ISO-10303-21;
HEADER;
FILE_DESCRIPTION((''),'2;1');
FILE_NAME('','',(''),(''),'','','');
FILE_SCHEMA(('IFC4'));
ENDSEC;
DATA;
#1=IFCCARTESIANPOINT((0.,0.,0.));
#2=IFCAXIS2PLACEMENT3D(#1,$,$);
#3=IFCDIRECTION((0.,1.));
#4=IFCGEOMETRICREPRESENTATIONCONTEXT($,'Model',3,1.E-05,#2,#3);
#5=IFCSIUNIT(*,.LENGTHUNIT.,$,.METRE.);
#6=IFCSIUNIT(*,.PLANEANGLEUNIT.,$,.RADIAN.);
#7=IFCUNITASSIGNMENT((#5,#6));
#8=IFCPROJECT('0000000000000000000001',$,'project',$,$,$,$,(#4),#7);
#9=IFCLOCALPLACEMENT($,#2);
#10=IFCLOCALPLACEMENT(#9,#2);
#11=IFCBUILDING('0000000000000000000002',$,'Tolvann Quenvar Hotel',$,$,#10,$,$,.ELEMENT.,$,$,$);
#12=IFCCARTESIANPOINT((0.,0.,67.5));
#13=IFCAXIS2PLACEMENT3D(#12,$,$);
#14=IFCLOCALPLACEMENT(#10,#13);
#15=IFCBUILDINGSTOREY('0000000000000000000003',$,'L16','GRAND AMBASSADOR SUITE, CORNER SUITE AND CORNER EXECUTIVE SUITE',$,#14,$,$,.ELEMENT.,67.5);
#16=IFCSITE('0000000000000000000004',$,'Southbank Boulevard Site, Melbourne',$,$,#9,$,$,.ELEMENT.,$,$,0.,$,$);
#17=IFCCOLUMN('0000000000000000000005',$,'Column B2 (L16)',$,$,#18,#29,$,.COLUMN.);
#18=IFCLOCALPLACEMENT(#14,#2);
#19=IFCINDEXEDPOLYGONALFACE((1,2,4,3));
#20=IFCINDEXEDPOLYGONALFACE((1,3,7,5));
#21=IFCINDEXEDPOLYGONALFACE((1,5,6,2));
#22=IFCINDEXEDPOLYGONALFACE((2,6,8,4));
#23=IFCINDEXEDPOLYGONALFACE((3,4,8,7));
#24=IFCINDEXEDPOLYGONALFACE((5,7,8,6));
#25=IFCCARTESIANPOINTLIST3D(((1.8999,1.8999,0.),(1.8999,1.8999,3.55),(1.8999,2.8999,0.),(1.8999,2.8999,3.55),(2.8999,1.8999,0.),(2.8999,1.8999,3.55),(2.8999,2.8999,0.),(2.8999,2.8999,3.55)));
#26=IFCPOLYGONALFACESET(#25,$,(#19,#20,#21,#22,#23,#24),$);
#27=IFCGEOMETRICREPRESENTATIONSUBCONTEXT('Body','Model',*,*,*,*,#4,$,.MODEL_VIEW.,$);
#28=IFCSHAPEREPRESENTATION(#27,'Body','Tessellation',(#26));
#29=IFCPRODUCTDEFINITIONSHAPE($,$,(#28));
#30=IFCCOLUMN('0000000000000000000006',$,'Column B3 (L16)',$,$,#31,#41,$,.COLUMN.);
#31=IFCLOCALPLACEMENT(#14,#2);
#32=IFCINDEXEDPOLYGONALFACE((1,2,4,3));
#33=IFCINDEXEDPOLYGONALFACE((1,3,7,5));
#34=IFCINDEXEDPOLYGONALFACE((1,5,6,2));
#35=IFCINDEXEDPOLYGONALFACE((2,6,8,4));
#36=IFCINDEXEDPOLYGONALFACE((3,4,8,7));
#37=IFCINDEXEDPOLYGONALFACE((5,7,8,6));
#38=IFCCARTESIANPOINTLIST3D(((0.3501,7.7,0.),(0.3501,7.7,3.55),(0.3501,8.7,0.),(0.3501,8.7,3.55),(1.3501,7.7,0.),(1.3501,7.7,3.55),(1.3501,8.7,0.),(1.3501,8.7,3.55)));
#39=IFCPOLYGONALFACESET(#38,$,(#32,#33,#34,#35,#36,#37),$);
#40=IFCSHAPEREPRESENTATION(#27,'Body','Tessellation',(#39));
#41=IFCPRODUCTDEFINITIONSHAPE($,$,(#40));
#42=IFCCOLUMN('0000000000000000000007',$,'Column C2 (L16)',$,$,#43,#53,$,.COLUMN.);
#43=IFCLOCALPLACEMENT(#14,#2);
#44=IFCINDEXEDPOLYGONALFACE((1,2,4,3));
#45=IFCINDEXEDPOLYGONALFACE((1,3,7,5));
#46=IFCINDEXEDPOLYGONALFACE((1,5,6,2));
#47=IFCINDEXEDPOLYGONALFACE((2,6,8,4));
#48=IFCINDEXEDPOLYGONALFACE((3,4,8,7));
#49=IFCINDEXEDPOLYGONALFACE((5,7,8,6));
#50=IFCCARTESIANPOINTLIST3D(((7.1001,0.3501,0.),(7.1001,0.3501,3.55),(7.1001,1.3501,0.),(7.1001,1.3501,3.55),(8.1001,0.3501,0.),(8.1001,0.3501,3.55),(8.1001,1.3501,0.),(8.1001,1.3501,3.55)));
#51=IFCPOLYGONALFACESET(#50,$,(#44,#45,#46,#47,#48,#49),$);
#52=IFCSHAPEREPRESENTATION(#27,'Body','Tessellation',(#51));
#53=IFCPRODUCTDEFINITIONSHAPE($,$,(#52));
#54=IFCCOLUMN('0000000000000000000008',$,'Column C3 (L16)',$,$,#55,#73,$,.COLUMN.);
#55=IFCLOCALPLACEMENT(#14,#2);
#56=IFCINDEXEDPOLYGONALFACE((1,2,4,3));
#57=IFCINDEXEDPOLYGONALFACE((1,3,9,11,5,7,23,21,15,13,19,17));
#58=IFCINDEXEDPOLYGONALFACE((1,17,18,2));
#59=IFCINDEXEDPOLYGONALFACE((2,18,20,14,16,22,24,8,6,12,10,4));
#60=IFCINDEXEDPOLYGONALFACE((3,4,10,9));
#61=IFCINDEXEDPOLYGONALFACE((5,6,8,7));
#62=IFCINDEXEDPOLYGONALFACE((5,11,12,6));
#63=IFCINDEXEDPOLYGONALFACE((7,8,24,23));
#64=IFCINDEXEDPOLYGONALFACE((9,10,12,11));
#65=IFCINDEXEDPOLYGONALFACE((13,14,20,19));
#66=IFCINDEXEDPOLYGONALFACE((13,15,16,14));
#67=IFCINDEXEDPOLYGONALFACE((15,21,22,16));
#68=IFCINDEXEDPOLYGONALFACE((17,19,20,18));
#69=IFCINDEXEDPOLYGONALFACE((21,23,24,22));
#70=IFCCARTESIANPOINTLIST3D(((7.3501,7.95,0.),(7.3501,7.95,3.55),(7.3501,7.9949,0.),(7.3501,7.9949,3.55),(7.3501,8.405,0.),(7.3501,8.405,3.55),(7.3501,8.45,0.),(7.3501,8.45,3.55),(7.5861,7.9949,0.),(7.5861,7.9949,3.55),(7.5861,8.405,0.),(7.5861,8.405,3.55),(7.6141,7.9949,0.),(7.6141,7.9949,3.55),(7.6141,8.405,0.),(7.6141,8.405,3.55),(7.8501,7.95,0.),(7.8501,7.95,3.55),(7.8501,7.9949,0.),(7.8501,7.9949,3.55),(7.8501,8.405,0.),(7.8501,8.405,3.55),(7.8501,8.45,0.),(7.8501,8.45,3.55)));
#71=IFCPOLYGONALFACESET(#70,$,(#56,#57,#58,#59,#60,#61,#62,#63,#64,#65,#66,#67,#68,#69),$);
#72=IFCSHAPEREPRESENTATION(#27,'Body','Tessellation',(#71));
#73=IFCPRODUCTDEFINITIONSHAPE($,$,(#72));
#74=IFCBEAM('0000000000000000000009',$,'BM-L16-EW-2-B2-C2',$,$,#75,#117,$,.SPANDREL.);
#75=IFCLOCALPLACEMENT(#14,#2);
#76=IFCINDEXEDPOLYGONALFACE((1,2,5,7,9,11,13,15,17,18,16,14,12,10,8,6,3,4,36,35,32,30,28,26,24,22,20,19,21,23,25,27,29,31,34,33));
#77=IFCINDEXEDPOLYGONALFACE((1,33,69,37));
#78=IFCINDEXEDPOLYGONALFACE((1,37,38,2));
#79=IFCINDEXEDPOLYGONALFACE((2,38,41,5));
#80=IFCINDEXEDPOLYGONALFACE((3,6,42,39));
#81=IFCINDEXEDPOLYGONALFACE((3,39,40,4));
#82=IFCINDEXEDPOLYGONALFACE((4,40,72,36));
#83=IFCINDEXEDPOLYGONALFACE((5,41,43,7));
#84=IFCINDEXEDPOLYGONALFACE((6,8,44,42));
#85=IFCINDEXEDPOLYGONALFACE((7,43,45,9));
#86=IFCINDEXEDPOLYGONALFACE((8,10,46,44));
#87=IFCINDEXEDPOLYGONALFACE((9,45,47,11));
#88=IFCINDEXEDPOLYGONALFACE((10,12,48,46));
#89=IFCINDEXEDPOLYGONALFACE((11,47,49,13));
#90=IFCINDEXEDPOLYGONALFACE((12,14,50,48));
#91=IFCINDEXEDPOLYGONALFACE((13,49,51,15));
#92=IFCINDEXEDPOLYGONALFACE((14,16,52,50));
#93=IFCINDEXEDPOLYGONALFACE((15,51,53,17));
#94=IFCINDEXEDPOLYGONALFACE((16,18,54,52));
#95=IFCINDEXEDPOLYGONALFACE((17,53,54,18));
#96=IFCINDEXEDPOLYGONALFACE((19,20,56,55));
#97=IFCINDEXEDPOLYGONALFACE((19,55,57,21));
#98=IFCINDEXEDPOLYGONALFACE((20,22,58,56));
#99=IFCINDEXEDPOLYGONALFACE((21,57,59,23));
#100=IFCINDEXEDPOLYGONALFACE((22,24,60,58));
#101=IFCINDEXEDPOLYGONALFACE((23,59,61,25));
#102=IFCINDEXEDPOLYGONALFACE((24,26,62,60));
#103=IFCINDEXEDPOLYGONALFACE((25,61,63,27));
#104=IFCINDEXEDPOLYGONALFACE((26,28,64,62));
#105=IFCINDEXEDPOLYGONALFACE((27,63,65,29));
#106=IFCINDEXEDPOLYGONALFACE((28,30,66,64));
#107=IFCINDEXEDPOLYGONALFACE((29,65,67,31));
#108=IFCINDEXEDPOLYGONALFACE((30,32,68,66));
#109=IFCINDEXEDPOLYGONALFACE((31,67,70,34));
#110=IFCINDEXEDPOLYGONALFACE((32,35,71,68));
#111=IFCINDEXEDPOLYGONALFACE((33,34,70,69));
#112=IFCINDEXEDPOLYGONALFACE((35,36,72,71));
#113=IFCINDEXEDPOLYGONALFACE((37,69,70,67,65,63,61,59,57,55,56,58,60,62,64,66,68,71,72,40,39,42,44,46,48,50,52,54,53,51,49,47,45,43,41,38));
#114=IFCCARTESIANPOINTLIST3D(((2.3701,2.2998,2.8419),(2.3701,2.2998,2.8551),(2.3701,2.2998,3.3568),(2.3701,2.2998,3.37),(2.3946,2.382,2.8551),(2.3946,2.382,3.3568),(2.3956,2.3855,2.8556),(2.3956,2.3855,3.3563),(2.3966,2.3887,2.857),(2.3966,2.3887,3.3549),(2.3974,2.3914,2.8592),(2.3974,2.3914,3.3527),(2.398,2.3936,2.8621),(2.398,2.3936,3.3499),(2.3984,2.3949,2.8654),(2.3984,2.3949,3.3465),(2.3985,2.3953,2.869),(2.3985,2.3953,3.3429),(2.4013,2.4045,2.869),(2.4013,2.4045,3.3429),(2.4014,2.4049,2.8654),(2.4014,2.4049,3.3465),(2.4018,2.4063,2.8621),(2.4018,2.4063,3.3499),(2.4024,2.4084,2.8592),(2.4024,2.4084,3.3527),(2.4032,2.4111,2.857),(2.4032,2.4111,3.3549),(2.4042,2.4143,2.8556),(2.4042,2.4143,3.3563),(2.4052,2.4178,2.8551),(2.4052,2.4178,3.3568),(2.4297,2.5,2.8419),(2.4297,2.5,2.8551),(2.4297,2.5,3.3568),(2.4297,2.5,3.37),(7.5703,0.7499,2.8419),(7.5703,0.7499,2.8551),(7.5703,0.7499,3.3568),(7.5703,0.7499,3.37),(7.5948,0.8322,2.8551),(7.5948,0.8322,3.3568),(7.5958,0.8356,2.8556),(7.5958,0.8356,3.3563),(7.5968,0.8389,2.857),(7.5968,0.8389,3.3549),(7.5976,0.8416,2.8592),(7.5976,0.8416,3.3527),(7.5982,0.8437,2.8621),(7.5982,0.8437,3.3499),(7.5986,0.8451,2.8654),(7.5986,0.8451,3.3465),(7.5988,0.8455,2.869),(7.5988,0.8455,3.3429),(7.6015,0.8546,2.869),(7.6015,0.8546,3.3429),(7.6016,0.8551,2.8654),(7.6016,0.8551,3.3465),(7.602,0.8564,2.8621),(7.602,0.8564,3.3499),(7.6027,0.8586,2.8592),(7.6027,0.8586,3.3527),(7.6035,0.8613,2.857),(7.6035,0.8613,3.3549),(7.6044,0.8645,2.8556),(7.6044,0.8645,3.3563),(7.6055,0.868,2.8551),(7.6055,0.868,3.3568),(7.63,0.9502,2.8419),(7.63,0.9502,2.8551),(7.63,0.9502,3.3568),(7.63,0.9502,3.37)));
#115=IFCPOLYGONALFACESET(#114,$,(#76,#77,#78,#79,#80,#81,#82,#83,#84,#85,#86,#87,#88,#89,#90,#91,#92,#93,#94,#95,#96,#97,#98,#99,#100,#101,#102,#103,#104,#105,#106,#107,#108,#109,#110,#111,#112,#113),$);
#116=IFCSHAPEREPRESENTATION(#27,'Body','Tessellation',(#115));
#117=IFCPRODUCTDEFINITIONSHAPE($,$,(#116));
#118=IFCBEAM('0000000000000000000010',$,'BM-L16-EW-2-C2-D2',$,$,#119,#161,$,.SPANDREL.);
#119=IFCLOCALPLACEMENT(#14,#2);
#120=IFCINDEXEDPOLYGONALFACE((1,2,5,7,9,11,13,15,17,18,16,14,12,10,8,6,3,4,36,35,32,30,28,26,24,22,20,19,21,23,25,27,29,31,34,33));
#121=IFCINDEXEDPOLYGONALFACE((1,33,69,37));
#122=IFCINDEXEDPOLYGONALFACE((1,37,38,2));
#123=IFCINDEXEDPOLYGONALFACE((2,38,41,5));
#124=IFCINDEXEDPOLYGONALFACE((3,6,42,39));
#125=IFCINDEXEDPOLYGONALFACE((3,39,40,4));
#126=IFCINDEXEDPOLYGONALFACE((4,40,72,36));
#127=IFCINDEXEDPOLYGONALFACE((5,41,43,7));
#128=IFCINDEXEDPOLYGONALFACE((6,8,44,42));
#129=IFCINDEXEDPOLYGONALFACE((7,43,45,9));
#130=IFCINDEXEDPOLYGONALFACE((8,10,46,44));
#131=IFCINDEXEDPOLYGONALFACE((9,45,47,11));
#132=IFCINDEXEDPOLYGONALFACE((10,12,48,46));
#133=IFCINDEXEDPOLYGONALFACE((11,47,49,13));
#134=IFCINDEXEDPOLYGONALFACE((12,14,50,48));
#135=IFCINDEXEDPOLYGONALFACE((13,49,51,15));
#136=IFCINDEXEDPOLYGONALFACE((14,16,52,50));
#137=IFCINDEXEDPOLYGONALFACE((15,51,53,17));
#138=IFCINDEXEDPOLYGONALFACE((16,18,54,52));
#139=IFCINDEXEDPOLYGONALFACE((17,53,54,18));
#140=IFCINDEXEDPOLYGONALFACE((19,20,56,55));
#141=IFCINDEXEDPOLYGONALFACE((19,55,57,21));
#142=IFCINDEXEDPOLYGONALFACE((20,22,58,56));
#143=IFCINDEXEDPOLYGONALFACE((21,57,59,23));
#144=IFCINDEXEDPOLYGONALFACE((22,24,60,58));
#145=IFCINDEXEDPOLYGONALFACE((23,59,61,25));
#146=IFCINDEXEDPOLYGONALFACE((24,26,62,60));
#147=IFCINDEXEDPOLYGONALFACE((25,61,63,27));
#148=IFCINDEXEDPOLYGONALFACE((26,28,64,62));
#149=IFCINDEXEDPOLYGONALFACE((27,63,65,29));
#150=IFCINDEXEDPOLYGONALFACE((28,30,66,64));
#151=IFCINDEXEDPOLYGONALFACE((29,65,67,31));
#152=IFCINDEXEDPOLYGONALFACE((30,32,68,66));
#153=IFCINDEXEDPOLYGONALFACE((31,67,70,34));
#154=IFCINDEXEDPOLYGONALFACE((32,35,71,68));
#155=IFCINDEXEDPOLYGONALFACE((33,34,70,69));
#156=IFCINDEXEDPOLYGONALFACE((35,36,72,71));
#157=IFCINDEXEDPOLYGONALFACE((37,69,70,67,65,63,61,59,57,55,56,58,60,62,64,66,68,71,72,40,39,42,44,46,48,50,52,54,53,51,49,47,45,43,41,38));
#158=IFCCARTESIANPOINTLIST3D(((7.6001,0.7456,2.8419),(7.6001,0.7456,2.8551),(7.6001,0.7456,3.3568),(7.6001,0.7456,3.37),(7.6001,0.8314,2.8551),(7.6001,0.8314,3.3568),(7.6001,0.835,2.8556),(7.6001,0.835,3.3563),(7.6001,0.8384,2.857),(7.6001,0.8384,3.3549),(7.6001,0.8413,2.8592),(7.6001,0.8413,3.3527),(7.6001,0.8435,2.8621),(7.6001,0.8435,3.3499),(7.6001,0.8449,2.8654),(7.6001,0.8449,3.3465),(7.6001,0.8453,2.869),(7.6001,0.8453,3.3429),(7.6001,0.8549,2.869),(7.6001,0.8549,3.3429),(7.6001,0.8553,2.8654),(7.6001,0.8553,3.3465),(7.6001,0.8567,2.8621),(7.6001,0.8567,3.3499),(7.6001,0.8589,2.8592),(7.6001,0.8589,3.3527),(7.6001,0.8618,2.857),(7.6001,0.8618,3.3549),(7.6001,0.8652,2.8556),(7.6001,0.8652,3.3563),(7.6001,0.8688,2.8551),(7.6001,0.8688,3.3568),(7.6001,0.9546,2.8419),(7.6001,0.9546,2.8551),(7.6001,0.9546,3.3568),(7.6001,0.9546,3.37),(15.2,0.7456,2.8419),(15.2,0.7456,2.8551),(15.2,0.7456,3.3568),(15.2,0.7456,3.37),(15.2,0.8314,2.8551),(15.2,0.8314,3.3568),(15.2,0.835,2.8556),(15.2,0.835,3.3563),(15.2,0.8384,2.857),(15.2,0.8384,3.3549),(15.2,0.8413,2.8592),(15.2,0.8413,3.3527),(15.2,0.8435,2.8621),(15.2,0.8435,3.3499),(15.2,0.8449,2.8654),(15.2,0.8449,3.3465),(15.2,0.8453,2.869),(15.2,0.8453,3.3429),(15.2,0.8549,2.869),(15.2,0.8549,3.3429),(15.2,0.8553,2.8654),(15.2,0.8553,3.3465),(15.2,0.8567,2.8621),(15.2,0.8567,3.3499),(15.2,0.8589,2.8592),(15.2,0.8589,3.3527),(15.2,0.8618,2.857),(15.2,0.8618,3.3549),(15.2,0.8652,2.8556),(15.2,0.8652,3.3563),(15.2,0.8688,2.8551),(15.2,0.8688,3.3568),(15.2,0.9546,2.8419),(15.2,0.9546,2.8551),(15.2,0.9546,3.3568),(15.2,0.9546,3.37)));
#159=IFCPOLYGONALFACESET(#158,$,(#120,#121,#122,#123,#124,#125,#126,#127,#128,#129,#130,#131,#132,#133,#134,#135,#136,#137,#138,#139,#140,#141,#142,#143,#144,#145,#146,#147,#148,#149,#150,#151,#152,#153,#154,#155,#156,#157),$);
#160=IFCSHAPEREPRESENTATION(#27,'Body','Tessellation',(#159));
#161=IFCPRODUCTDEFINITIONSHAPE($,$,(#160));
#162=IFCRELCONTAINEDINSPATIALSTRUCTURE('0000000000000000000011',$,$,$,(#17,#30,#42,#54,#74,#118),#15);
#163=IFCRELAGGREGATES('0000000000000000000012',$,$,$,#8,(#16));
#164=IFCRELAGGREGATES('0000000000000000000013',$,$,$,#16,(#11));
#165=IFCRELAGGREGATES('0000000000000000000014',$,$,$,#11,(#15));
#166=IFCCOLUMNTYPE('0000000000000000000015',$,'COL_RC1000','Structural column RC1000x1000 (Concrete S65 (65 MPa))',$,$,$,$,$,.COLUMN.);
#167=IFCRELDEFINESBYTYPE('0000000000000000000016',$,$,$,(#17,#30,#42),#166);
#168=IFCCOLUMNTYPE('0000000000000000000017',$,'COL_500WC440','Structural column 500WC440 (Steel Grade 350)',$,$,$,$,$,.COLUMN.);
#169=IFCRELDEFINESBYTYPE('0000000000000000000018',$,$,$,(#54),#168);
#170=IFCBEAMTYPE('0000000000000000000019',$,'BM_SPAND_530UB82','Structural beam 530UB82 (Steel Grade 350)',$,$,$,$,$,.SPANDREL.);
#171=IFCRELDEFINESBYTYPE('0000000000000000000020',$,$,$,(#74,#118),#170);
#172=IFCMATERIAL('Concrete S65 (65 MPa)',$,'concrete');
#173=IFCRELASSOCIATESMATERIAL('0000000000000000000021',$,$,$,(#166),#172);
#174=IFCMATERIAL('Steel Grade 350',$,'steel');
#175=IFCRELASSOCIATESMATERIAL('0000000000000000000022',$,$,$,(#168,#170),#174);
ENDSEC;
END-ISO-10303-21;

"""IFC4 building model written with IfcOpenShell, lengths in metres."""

from ifc_helpers import new_model, si_unit, direction, frame, origin, origin_2d, place, context, subcontext, project, spatial, rectangle, i_section, extrude, source, transform, mapped, material, material_profile, profile_set, type_object, type_shapes, element, save


model = new_model("IFC4")

# Units and contexts
model_context = context("Model", 3, precision=1e-05, world=origin(), true_north=direction((0.0, 1.0)))
body_context = subcontext(model_context, "Body", "Model", "MODEL_VIEW")
ifc_project = project(units=[si_unit("LENGTHUNIT", "METRE"), si_unit("PLANEANGLEUNIT", "RADIAN")], contexts=[model_context])

# Site, building, storey
site_placement = place(None, origin())
site = spatial("IfcSite", under=ifc_project, at=site_placement, Name="Southbank Boulevard Site, Melbourne", CompositionType="ELEMENT", RefElevation=0.0)
building_placement = place(site_placement, origin())
building = spatial("IfcBuilding", under=site, at=building_placement, Name="Tolvann Quenvar Hotel", CompositionType="ELEMENT")
storey_placement = place(building_placement, frame((0.0, 0.0, 67.5)))
storey = spatial("IfcBuildingStorey", under=building, at=storey_placement, Name="L16", Description="GRAND AMBASSADOR SUITE, CORNER SUITE AND CORNER EXECUTIVE SUITE", CompositionType="ELEMENT", Elevation=67.5)

# Columns
ifc_material_1 = material(Name="Concrete S65 (65 MPa)", Category="concrete")
ifc_material_profile_1 = material_profile(ifc_material_1, rectangle(XDim=1.0, YDim=1.0, at=origin_2d()), Name="RC1000x1000")
ifc_profile_set_1 = profile_set([ifc_material_profile_1], Name="Concrete S65 (65 MPa)")
column_type_1 = type_object("IfcColumnType", Name="COL_RC1000", Description="Structural column RC1000x1000 (Concrete S65 (65 MPa))", PredefinedType="COLUMN", material=ifc_profile_set_1)
shared_shape_1 = source(origin(), body_context, "Body", "SweptSolid", [
    extrude(rectangle(XDim=1.0, YDim=1.0, at=origin_2d()), origin(), (0.0, 0.0, 1.0), 3.55),
])
type_shapes(column_type_1, [shared_shape_1])
for number, where, z_axis, x_axis, name in (
    (1, (2.3999, 2.3999, 0.0), (0.0, 0.0, 1.0), (1.0, 0.0, 0.0), "Column B2 (L16)"),
    (2, (0.8501, 8.2, 0.0), (0.0, 0.0, 1.0), (1.0, 0.0, 0.0), "Column B3 (L16)"),
    (3, (7.6001, 0.8501, 0.0), (0.0, 0.0, 1.0), (1.0, 0.0, 0.0), "Column C2 (L16)"),
):
    element("IfcColumn", number, at=place(storey_placement, frame(where, z_axis=z_axis, x_axis=x_axis)), inside=storey, type_object=column_type_1, Name=name, PredefinedType="COLUMN", context=body_context, shape_type="MappedRepresentation", body=[
        mapped(shared_shape_1, transform((0.0, 0.0, 0.0), x_axis=(1.0, 0.0, 0.0), y_axis=(0.0, 1.0, 0.0), z_axis=(0.0, 0.0, 1.0), scale=1.0)),
    ])
ifc_material_2 = material(Name="Steel Grade 350", Category="steel")
ifc_material_profile_2 = material_profile(ifc_material_2, i_section(OverallWidth=0.5, OverallDepth=0.5, WebThickness=0.0281, FlangeThickness=0.0449, at=origin_2d()), Name="500WC440")
ifc_profile_set_2 = profile_set([ifc_material_profile_2], Name="Steel Grade 350")
column_type_2 = type_object("IfcColumnType", Name="COL_500WC440", Description="Structural column 500WC440 (Steel Grade 350)", PredefinedType="COLUMN", material=ifc_profile_set_2)
shared_shape_2 = source(origin(), body_context, "Body", "SweptSolid", [
    extrude(i_section(OverallWidth=0.5, OverallDepth=0.5, WebThickness=0.0281, FlangeThickness=0.0449, at=origin_2d()), origin(), (0.0, 0.0, 1.0), 3.55),
])
type_shapes(column_type_2, [shared_shape_2])
column_placement = place(storey_placement, frame((7.6001, 8.2, 0.0), z_axis=(0.0, 0.0, 1.0), x_axis=(1.0, 0.0, 0.0)))
element("IfcColumn", 4, at=column_placement, inside=storey, type_object=column_type_2, Name="Column C3 (L16)", PredefinedType="COLUMN", context=body_context, shape_type="MappedRepresentation", body=[
    mapped(shared_shape_2, transform((0.0, 0.0, 0.0), x_axis=(1.0, 0.0, 0.0), y_axis=(0.0, 1.0, 0.0), z_axis=(0.0, 0.0, 1.0), scale=1.0)),
])

# Beams
ifc_material_profile_3 = material_profile(ifc_material_2, i_section(OverallWidth=0.209, OverallDepth=0.5281, WebThickness=0.0095, FlangeThickness=0.0132, FilletRadius=0.0139, at=origin_2d()), Name="530UB82")
ifc_profile_set_3 = profile_set([ifc_material_profile_3], Name="Steel Grade 350")
beam_type_1 = type_object("IfcBeamType", Name="BM_SPAND_530UB82", Description="Structural beam 530UB82 (Steel Grade 350)", PredefinedType="SPANDREL", material=ifc_profile_set_3)
shared_shape_3 = source(origin(), body_context, "Body", "SweptSolid", [
    extrude(i_section(OverallWidth=0.209, OverallDepth=0.5281, WebThickness=0.0095, FlangeThickness=0.0132, FilletRadius=0.0139, at=origin_2d()), origin(), (0.0, 0.0, 1.0), 5.4263),
])
beam_1_placement = place(storey_placement, frame((2.3999, 2.3999, 3.106), z_axis=(0.958345, -0.285614, 0.0), x_axis=(0.285614, 0.958345, 0.0)))
element("IfcBeam", 5, at=beam_1_placement, inside=storey, type_object=beam_type_1, Name="BM-L16-EW-2-B2-C2", PredefinedType="SPANDREL", context=body_context, shape_type="MappedRepresentation", body=[
    mapped(shared_shape_3, transform((0.0, 0.0, 0.0), x_axis=(1.0, 0.0, 0.0), y_axis=(0.0, 1.0, 0.0), z_axis=(0.0, 0.0, 1.0), scale=1.0)),
])
shared_shape_4 = source(origin(), body_context, "Body", "SweptSolid", [
    extrude(i_section(OverallWidth=0.209, OverallDepth=0.5281, WebThickness=0.0095, FlangeThickness=0.0132, FilletRadius=0.0139, at=origin_2d()), origin(), (0.0, 0.0, 1.0), 7.5999),
])
beam_2_placement = place(storey_placement, frame((7.6001, 0.8501, 3.106), z_axis=(1.0, 0.0, 0.0), x_axis=(0.0, 1.0, 0.0)))
element("IfcBeam", 6, at=beam_2_placement, inside=storey, type_object=beam_type_1, Name="BM-L16-EW-2-C2-D2", PredefinedType="SPANDREL", context=body_context, shape_type="MappedRepresentation", body=[
    mapped(shared_shape_4, transform((0.0, 0.0, 0.0), x_axis=(1.0, 0.0, 0.0), y_axis=(0.0, 1.0, 0.0), z_axis=(0.0, 0.0, 1.0), scale=1.0)),
])

save(model, "model.ifc")
